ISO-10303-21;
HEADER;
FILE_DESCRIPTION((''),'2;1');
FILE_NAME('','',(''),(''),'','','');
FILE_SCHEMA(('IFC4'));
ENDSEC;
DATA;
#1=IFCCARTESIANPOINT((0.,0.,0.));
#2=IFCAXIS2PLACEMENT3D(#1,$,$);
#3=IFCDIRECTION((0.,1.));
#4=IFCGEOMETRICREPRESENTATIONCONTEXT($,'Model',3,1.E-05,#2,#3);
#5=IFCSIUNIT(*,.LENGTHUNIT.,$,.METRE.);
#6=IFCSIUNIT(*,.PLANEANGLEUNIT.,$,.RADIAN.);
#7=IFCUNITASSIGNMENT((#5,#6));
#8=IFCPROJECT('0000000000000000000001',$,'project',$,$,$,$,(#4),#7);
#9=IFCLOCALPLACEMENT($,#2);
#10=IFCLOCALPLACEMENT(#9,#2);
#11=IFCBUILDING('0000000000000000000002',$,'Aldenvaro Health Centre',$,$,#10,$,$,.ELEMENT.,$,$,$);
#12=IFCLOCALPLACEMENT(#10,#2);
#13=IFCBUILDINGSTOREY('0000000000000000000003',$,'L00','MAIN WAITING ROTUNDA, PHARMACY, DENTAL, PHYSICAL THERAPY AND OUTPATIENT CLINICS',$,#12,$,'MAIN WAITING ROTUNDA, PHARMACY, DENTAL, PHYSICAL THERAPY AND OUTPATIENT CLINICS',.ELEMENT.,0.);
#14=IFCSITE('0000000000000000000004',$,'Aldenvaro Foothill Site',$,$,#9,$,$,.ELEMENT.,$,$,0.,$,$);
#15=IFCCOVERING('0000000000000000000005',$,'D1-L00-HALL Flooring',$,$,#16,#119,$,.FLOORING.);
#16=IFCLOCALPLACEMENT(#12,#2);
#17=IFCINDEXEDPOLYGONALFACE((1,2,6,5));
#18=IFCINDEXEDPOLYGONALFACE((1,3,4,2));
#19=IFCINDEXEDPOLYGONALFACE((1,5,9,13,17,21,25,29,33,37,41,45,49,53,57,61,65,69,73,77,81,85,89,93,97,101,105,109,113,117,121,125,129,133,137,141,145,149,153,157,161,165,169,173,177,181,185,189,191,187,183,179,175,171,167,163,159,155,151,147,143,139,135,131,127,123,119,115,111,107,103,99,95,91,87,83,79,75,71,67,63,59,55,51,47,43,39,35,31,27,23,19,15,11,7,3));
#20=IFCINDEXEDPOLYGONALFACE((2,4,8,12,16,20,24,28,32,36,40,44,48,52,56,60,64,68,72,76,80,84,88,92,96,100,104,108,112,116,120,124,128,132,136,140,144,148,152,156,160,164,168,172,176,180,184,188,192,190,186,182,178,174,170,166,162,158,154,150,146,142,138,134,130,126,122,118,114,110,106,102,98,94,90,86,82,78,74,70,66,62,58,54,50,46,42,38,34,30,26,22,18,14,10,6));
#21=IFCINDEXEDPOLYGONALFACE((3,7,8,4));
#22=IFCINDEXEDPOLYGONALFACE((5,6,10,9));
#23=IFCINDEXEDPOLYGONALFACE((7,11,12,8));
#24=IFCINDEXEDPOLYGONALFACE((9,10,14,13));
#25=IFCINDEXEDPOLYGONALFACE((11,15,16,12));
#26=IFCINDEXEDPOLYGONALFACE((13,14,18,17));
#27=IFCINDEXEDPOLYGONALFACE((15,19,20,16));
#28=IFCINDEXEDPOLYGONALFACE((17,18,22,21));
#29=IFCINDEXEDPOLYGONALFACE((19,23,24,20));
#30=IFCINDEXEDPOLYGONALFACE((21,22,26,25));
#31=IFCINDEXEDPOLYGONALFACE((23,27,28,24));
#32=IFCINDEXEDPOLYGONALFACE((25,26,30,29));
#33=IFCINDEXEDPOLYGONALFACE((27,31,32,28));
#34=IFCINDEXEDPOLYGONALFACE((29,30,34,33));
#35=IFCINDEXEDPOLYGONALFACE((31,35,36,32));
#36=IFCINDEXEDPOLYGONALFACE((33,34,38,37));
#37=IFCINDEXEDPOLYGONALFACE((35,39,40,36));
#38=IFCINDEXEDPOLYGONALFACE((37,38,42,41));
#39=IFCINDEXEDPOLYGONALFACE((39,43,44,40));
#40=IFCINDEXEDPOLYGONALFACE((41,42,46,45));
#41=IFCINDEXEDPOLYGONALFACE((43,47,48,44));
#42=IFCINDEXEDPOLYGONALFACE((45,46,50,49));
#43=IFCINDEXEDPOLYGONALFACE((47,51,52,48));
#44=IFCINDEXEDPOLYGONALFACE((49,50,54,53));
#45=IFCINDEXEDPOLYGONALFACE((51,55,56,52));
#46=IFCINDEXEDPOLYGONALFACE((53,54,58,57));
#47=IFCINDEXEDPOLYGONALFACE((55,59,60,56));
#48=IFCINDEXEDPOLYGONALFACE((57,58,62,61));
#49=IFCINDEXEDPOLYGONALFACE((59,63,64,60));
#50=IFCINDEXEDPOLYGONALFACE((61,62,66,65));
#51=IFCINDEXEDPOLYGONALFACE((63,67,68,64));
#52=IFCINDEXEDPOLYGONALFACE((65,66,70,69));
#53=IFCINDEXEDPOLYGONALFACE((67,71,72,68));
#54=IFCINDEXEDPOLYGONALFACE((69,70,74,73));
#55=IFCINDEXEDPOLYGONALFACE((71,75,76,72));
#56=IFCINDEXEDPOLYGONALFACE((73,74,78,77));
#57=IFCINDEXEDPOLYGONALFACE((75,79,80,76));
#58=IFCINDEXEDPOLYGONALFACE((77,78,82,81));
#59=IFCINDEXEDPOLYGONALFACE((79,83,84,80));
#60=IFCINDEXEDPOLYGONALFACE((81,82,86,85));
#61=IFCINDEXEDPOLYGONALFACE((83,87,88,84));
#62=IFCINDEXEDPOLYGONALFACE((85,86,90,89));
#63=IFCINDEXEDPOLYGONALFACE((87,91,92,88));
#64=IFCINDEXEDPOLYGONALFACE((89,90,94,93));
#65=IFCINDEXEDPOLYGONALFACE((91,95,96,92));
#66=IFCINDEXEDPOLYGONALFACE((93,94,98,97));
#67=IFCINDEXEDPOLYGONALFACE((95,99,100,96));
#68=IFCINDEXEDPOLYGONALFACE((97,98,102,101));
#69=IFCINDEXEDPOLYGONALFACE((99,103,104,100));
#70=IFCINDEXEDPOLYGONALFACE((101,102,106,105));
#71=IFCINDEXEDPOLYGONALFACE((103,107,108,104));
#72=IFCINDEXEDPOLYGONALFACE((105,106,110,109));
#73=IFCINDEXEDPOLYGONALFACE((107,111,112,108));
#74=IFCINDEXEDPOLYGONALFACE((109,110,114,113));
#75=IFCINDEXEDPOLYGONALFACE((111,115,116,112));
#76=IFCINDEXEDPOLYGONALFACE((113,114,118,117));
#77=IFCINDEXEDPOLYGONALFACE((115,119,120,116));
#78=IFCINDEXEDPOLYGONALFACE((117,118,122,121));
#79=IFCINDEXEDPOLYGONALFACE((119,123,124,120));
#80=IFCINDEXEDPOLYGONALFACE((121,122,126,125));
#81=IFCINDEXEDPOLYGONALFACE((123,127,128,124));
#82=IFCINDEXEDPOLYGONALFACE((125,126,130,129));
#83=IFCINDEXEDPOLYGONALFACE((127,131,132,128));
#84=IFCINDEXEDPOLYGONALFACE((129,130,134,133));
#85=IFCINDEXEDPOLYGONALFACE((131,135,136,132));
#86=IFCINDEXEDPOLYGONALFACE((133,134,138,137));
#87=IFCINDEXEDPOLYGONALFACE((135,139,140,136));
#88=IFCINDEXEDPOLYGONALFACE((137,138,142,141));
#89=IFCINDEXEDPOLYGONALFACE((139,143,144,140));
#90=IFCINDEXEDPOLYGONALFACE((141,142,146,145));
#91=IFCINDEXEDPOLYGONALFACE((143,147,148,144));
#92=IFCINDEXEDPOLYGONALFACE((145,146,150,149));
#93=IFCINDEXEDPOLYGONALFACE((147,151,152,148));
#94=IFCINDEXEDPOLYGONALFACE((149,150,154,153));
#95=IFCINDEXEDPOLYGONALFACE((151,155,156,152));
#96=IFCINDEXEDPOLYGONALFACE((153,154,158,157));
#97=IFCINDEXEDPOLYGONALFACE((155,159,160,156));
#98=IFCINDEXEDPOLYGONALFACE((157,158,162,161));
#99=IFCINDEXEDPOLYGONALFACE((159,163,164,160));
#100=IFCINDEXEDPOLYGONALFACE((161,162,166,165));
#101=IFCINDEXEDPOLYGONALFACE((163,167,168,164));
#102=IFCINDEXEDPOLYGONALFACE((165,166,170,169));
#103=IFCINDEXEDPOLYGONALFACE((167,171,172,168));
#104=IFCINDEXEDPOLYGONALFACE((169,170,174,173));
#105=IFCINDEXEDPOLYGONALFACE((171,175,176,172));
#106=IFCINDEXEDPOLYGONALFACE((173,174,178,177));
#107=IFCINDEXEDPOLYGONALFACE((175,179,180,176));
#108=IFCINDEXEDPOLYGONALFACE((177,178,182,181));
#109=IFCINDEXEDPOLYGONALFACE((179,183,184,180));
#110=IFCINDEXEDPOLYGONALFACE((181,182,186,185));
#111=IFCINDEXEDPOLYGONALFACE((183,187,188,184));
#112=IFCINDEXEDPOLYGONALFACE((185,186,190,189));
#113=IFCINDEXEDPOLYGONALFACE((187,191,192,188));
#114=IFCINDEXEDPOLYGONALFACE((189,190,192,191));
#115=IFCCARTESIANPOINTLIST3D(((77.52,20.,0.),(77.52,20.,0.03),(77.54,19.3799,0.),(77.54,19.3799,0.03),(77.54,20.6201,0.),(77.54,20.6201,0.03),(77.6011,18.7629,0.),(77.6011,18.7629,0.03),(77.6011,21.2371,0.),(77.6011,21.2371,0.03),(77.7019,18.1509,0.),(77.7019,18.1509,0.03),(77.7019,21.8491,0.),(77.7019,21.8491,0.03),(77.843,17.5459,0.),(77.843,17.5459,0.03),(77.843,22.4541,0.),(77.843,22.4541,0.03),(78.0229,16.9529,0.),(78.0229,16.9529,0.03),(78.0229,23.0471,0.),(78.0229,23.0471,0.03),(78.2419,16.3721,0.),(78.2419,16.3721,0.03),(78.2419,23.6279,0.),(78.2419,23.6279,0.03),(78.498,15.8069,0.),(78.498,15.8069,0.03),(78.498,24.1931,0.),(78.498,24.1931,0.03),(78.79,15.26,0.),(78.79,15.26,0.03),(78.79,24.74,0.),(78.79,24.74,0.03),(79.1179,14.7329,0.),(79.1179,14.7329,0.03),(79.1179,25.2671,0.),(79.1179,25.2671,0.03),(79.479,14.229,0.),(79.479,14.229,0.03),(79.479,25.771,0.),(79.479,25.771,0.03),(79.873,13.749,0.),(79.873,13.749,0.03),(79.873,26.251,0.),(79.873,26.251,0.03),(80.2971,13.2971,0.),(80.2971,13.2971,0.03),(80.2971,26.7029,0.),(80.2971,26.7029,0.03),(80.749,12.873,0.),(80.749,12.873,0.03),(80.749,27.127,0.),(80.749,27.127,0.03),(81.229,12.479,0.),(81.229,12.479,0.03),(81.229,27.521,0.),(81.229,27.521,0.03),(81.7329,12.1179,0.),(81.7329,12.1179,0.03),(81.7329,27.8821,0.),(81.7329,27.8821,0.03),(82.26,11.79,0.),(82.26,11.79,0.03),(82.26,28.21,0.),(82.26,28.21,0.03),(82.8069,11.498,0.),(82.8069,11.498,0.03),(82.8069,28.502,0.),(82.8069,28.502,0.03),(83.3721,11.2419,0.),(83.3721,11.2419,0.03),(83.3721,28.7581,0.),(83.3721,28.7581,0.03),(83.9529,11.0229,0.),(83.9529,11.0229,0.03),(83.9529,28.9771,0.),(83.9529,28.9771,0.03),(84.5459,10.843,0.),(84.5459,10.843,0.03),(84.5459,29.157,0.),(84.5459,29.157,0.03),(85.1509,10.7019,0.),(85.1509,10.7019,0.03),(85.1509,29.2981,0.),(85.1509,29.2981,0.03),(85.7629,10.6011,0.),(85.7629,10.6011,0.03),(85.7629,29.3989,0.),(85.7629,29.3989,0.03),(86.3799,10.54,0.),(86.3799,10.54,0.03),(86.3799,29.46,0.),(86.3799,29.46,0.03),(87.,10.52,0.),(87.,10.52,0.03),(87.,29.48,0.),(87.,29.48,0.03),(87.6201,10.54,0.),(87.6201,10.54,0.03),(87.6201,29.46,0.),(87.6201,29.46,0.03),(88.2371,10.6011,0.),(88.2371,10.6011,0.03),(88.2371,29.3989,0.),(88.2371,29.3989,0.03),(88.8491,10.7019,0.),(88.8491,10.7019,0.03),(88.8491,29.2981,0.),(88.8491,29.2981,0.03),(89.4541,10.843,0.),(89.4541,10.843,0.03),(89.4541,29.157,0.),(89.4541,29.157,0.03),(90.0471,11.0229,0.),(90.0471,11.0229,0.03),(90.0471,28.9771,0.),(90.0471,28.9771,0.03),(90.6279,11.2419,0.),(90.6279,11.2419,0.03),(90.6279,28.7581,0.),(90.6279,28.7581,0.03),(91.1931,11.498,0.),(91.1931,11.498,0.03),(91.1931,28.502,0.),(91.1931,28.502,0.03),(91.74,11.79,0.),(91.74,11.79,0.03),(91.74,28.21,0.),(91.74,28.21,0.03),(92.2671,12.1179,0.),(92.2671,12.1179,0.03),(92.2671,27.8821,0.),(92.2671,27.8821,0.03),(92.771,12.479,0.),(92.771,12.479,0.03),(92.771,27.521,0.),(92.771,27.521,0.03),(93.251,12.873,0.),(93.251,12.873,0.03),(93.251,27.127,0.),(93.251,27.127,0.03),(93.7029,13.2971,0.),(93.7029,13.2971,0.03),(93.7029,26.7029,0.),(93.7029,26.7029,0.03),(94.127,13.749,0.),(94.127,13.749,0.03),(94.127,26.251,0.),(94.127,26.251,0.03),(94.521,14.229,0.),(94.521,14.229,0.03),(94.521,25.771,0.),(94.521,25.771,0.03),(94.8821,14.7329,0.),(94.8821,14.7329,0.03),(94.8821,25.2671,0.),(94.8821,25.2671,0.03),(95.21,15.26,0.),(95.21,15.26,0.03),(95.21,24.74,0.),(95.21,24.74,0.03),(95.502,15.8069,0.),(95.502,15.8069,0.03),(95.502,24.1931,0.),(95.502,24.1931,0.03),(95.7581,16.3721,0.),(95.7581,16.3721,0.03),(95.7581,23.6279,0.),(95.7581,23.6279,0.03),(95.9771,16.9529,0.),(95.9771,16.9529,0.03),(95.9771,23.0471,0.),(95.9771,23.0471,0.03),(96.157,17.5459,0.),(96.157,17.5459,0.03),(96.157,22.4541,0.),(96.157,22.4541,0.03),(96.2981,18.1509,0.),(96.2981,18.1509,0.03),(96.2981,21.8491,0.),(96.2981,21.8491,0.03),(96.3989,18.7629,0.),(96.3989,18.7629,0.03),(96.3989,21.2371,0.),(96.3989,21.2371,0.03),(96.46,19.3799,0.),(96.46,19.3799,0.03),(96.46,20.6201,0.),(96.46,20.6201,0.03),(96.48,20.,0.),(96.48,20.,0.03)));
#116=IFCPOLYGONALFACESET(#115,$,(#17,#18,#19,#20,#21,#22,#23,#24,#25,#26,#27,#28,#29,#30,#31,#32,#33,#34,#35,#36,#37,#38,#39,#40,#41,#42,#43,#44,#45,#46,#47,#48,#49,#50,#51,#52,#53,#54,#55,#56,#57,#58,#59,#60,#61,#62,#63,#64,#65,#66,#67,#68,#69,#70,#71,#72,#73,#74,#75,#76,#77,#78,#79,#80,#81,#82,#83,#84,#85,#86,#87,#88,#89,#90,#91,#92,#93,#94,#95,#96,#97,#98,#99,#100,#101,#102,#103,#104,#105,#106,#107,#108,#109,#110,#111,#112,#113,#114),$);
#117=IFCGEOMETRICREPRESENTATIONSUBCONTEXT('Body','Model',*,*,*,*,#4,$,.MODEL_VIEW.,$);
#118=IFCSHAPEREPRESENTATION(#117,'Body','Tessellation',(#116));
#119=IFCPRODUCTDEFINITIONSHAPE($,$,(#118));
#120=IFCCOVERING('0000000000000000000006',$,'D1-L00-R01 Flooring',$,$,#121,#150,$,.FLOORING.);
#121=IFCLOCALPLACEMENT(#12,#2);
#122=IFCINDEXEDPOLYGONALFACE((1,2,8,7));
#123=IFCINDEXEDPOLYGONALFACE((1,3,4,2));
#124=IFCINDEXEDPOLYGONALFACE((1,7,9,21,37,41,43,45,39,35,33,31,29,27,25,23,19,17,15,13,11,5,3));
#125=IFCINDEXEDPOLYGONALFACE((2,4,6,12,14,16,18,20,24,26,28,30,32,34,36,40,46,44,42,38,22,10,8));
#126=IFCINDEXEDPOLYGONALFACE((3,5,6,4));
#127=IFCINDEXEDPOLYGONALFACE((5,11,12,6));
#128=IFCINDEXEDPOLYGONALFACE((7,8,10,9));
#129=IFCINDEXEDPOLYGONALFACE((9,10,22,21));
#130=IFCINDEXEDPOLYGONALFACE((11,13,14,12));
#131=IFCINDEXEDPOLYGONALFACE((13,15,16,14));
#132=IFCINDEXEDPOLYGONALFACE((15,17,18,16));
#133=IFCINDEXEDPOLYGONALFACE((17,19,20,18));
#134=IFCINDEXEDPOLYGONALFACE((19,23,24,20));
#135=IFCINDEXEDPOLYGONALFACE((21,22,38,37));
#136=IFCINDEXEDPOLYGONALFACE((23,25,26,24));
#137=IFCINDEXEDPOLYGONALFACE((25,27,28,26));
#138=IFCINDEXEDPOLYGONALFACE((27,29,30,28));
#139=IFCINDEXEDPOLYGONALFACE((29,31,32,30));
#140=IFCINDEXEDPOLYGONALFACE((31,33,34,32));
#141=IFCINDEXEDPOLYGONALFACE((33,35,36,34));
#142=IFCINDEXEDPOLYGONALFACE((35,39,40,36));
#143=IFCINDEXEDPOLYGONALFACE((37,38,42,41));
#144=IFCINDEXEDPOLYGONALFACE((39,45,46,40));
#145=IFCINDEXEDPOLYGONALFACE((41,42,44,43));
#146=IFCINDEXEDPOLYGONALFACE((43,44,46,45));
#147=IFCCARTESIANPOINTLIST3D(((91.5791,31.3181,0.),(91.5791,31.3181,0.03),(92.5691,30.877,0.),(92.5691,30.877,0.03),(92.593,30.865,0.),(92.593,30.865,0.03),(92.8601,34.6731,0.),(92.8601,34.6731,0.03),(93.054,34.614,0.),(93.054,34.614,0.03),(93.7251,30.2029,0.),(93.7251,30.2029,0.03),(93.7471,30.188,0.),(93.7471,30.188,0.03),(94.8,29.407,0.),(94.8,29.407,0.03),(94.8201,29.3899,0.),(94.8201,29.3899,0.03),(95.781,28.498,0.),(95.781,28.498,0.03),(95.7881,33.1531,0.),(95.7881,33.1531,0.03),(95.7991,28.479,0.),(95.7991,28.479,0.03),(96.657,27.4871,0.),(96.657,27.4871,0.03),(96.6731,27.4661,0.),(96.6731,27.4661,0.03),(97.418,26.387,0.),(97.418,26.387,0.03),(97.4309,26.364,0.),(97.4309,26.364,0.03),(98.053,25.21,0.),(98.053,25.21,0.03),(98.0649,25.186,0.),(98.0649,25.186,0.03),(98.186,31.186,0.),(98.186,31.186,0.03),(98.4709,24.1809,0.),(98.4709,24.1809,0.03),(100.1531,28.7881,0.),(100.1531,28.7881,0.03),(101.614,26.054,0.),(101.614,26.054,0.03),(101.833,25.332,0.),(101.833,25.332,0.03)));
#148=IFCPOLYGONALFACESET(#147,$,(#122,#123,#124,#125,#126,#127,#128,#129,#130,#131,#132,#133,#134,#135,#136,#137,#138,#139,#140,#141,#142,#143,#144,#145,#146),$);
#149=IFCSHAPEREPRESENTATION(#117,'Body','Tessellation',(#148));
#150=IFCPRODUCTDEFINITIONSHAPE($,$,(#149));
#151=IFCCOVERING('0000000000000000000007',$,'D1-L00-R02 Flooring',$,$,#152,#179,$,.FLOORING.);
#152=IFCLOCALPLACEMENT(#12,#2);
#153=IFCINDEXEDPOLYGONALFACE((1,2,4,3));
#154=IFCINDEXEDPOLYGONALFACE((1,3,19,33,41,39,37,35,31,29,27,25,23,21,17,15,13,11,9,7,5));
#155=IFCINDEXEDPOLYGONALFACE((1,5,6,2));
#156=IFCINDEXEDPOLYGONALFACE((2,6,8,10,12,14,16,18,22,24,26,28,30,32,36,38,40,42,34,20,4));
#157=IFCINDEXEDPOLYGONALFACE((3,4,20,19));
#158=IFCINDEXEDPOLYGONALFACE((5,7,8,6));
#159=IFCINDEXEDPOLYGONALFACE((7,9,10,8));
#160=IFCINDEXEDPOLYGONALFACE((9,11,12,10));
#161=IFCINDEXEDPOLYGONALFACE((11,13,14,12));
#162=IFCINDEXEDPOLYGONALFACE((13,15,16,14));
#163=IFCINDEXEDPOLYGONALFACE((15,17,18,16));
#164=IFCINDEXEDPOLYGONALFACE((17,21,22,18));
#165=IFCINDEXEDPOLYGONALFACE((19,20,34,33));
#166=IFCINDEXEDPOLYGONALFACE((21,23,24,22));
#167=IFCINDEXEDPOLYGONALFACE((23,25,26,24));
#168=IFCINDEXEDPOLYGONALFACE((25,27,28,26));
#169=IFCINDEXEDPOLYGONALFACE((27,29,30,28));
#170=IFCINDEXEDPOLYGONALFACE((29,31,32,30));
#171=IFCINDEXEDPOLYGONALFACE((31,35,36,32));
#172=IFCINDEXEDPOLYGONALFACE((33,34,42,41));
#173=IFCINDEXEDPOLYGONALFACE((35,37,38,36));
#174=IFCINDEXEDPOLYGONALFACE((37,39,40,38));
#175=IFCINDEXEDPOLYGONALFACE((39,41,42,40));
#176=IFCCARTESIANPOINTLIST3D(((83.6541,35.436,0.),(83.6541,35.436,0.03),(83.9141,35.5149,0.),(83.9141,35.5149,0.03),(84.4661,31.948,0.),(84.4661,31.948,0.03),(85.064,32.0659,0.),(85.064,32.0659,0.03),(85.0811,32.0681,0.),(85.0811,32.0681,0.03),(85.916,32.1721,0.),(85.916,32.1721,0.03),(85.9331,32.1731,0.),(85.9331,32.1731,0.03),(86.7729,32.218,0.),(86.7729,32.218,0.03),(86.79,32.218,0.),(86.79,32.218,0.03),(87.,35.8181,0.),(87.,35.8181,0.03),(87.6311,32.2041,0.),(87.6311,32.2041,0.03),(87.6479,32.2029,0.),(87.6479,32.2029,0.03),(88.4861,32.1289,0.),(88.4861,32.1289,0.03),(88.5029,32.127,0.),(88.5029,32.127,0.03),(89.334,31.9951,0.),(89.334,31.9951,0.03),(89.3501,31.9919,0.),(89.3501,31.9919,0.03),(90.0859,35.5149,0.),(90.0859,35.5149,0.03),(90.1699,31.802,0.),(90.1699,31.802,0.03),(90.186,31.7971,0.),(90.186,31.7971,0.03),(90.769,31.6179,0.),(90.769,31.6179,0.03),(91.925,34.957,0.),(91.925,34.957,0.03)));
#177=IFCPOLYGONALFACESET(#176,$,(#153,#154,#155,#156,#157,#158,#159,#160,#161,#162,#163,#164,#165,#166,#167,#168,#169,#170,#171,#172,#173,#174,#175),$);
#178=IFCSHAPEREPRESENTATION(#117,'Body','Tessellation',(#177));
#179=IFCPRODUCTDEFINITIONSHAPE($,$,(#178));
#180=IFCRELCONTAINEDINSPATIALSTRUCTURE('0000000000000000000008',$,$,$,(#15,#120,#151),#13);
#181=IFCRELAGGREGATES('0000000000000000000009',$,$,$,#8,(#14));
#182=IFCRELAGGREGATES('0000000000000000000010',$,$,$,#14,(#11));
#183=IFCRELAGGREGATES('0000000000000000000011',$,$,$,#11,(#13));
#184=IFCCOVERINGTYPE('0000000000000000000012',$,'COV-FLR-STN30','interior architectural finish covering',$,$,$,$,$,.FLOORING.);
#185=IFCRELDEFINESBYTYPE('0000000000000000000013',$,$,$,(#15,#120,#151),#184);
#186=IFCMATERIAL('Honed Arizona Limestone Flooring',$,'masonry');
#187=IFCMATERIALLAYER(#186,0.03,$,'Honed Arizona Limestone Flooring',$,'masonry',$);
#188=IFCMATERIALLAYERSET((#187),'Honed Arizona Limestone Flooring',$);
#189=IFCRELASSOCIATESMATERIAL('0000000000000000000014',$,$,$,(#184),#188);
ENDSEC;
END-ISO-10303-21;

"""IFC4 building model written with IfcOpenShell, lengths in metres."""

from ifc_helpers import new_model, si_unit, direction, origin, place, context, subcontext, project, spatial, polyline, outline, extrude, material, layer, layer_set, type_object, element, save


model = new_model("IFC4")

# Units and contexts
model_context = context("Model", 3, precision=1e-05, world=origin(), true_north=direction((0.0, 1.0)))
body_context = subcontext(model_context, "Body", "Model", "MODEL_VIEW")
ifc_project = project(units=[si_unit("LENGTHUNIT", "METRE"), si_unit("PLANEANGLEUNIT", "RADIAN")], contexts=[model_context])

# Site, building, storey
site_placement = place(None, origin())
site = spatial("IfcSite", under=ifc_project, at=site_placement, Name="Aldenvaro Foothill Site", CompositionType="ELEMENT", RefElevation=0.0)
building_placement = place(site_placement, origin())
building = spatial("IfcBuilding", under=site, at=building_placement, Name="Aldenvaro Health Centre", CompositionType="ELEMENT")
storey_placement = place(building_placement, origin())
storey = spatial("IfcBuildingStorey", under=building, at=storey_placement, Name="L00", Description="MAIN WAITING ROTUNDA, PHARMACY, DENTAL, PHYSICAL THERAPY AND OUTPATIENT CLINICS", LongName="MAIN WAITING ROTUNDA, PHARMACY, DENTAL, PHYSICAL THERAPY AND OUTPATIENT CLINICS", CompositionType="ELEMENT", Elevation=0.0)

# Coverings
ifc_material_1 = material(Name="Honed Arizona Limestone Flooring", Category="masonry")
ifc_layer_1 = layer(ifc_material_1, 0.03, Name="Honed Arizona Limestone Flooring", Category="masonry")
ifc_layer_set_1 = layer_set([ifc_layer_1], Name="Honed Arizona Limestone Flooring")
covering_type_1 = type_object("IfcCoveringType", Name="COV-FLR-STN30", Description="interior architectural finish covering", PredefinedType="FLOORING", material=ifc_layer_set_1)
covering_1_placement = place(storey_placement, origin())
element("IfcCovering", 1, at=covering_1_placement, inside=storey, type_object=covering_type_1, Name="D1-L00-HALL Flooring", PredefinedType="FLOORING", context=body_context, shape_type="SweptSolid", body=[
    extrude(outline(polyline([(96.48, 20.0), (96.46, 19.3799), (96.3989, 18.7629), (96.2981, 18.1509), (96.157, 17.5459), (95.9771, 16.9529), (95.7581, 16.3721), (95.502, 15.8069), (95.21, 15.26), (94.8821, 14.7329), (94.521, 14.229), (94.127, 13.749), (93.7029, 13.2971), (93.251, 12.873), (92.771, 12.479), (92.2671, 12.1179), (91.74, 11.79), (91.1931, 11.498), (90.6279, 11.2419), (90.0471, 11.0229), (89.4541, 10.843), (88.8491, 10.7019), (88.2371, 10.6011), (87.6201, 10.54), (87.0, 10.52), (86.3799, 10.54), (85.7629, 10.6011), (85.1509, 10.7019), (84.5459, 10.843), (83.9529, 11.0229), (83.3721, 11.2419), (82.8069, 11.498), (82.26, 11.79), (81.7329, 12.1179), (81.229, 12.479), (80.749, 12.873), (80.2971, 13.2971), (79.873, 13.749), (79.479, 14.229), (79.1179, 14.7329), (78.79, 15.26), (78.498, 15.8069), (78.2419, 16.3721), (78.0229, 16.9529), (77.843, 17.5459), (77.7019, 18.1509), (77.6011, 18.7629), (77.54, 19.3799), (77.52, 20.0), (77.54, 20.6201), (77.6011, 21.2371), (77.7019, 21.8491), (77.843, 22.4541), (78.0229, 23.0471), (78.2419, 23.6279), (78.498, 24.1931), (78.79, 24.74), (79.1179, 25.2671), (79.479, 25.771), (79.873, 26.251), (80.2971, 26.7029), (80.749, 27.127), (81.229, 27.521), (81.7329, 27.8821), (82.26, 28.21), (82.8069, 28.502), (83.3721, 28.7581), (83.9529, 28.9771), (84.5459, 29.157), (85.1509, 29.2981), (85.7629, 29.3989), (86.3799, 29.46), (87.0, 29.48), (87.6201, 29.46), (88.2371, 29.3989), (88.8491, 29.2981), (89.4541, 29.157), (90.0471, 28.9771), (90.6279, 28.7581), (91.1931, 28.502), (91.74, 28.21), (92.2671, 27.8821), (92.771, 27.521), (93.251, 27.127), (93.7029, 26.7029), (94.127, 26.251), (94.521, 25.771), (94.8821, 25.2671), (95.21, 24.74), (95.502, 24.1931), (95.7581, 23.6279), (95.9771, 23.0471), (96.157, 22.4541), (96.2981, 21.8491), (96.3989, 21.2371), (96.46, 20.6201), (96.48, 20.0)])), origin(), (0.0, 0.0, 1.0), 0.03),
])
covering_2_placement = place(storey_placement, origin())
element("IfcCovering", 2, at=covering_2_placement, inside=storey, type_object=covering_type_1, Name="D1-L00-R01 Flooring", PredefinedType="FLOORING", context=body_context, shape_type="SweptSolid", body=[
    extrude(outline(polyline([(98.0649, 25.186), (98.053, 25.21), (97.4309, 26.364), (97.418, 26.387), (96.6731, 27.4661), (96.657, 27.4871), (95.7991, 28.479), (95.781, 28.498), (94.8201, 29.3899), (94.8, 29.407), (93.7471, 30.188), (93.7251, 30.2029), (92.593, 30.865), (92.5691, 30.877), (91.5791, 31.3181), (92.8601, 34.6731), (93.054, 34.614), (95.7881, 33.1531), (98.186, 31.186), (100.1531, 28.7881), (101.614, 26.054), (101.833, 25.332), (98.4709, 24.1809), (98.0649, 25.186)])), origin(), (0.0, 0.0, 1.0), 0.03),
])
covering_3_placement = place(storey_placement, origin())
element("IfcCovering", 3, at=covering_3_placement, inside=storey, type_object=covering_type_1, Name="D1-L00-R02 Flooring", PredefinedType="FLOORING", context=body_context, shape_type="SweptSolid", body=[
    extrude(outline(polyline([(90.186, 31.7971), (90.1699, 31.802), (89.3501, 31.9919), (89.334, 31.9951), (88.5029, 32.127), (88.4861, 32.1289), (87.6479, 32.2029), (87.6311, 32.2041), (86.79, 32.218), (86.7729, 32.218), (85.9331, 32.1731), (85.916, 32.1721), (85.0811, 32.0681), (85.064, 32.0659), (84.4661, 31.948), (83.6541, 35.436), (83.9141, 35.5149), (87.0, 35.8181), (90.0859, 35.5149), (91.925, 34.957), (90.769, 31.6179), (90.186, 31.7971)])), origin(), (0.0, 0.0, 1.0), 0.03),
])

save(model, "model.ifc")
